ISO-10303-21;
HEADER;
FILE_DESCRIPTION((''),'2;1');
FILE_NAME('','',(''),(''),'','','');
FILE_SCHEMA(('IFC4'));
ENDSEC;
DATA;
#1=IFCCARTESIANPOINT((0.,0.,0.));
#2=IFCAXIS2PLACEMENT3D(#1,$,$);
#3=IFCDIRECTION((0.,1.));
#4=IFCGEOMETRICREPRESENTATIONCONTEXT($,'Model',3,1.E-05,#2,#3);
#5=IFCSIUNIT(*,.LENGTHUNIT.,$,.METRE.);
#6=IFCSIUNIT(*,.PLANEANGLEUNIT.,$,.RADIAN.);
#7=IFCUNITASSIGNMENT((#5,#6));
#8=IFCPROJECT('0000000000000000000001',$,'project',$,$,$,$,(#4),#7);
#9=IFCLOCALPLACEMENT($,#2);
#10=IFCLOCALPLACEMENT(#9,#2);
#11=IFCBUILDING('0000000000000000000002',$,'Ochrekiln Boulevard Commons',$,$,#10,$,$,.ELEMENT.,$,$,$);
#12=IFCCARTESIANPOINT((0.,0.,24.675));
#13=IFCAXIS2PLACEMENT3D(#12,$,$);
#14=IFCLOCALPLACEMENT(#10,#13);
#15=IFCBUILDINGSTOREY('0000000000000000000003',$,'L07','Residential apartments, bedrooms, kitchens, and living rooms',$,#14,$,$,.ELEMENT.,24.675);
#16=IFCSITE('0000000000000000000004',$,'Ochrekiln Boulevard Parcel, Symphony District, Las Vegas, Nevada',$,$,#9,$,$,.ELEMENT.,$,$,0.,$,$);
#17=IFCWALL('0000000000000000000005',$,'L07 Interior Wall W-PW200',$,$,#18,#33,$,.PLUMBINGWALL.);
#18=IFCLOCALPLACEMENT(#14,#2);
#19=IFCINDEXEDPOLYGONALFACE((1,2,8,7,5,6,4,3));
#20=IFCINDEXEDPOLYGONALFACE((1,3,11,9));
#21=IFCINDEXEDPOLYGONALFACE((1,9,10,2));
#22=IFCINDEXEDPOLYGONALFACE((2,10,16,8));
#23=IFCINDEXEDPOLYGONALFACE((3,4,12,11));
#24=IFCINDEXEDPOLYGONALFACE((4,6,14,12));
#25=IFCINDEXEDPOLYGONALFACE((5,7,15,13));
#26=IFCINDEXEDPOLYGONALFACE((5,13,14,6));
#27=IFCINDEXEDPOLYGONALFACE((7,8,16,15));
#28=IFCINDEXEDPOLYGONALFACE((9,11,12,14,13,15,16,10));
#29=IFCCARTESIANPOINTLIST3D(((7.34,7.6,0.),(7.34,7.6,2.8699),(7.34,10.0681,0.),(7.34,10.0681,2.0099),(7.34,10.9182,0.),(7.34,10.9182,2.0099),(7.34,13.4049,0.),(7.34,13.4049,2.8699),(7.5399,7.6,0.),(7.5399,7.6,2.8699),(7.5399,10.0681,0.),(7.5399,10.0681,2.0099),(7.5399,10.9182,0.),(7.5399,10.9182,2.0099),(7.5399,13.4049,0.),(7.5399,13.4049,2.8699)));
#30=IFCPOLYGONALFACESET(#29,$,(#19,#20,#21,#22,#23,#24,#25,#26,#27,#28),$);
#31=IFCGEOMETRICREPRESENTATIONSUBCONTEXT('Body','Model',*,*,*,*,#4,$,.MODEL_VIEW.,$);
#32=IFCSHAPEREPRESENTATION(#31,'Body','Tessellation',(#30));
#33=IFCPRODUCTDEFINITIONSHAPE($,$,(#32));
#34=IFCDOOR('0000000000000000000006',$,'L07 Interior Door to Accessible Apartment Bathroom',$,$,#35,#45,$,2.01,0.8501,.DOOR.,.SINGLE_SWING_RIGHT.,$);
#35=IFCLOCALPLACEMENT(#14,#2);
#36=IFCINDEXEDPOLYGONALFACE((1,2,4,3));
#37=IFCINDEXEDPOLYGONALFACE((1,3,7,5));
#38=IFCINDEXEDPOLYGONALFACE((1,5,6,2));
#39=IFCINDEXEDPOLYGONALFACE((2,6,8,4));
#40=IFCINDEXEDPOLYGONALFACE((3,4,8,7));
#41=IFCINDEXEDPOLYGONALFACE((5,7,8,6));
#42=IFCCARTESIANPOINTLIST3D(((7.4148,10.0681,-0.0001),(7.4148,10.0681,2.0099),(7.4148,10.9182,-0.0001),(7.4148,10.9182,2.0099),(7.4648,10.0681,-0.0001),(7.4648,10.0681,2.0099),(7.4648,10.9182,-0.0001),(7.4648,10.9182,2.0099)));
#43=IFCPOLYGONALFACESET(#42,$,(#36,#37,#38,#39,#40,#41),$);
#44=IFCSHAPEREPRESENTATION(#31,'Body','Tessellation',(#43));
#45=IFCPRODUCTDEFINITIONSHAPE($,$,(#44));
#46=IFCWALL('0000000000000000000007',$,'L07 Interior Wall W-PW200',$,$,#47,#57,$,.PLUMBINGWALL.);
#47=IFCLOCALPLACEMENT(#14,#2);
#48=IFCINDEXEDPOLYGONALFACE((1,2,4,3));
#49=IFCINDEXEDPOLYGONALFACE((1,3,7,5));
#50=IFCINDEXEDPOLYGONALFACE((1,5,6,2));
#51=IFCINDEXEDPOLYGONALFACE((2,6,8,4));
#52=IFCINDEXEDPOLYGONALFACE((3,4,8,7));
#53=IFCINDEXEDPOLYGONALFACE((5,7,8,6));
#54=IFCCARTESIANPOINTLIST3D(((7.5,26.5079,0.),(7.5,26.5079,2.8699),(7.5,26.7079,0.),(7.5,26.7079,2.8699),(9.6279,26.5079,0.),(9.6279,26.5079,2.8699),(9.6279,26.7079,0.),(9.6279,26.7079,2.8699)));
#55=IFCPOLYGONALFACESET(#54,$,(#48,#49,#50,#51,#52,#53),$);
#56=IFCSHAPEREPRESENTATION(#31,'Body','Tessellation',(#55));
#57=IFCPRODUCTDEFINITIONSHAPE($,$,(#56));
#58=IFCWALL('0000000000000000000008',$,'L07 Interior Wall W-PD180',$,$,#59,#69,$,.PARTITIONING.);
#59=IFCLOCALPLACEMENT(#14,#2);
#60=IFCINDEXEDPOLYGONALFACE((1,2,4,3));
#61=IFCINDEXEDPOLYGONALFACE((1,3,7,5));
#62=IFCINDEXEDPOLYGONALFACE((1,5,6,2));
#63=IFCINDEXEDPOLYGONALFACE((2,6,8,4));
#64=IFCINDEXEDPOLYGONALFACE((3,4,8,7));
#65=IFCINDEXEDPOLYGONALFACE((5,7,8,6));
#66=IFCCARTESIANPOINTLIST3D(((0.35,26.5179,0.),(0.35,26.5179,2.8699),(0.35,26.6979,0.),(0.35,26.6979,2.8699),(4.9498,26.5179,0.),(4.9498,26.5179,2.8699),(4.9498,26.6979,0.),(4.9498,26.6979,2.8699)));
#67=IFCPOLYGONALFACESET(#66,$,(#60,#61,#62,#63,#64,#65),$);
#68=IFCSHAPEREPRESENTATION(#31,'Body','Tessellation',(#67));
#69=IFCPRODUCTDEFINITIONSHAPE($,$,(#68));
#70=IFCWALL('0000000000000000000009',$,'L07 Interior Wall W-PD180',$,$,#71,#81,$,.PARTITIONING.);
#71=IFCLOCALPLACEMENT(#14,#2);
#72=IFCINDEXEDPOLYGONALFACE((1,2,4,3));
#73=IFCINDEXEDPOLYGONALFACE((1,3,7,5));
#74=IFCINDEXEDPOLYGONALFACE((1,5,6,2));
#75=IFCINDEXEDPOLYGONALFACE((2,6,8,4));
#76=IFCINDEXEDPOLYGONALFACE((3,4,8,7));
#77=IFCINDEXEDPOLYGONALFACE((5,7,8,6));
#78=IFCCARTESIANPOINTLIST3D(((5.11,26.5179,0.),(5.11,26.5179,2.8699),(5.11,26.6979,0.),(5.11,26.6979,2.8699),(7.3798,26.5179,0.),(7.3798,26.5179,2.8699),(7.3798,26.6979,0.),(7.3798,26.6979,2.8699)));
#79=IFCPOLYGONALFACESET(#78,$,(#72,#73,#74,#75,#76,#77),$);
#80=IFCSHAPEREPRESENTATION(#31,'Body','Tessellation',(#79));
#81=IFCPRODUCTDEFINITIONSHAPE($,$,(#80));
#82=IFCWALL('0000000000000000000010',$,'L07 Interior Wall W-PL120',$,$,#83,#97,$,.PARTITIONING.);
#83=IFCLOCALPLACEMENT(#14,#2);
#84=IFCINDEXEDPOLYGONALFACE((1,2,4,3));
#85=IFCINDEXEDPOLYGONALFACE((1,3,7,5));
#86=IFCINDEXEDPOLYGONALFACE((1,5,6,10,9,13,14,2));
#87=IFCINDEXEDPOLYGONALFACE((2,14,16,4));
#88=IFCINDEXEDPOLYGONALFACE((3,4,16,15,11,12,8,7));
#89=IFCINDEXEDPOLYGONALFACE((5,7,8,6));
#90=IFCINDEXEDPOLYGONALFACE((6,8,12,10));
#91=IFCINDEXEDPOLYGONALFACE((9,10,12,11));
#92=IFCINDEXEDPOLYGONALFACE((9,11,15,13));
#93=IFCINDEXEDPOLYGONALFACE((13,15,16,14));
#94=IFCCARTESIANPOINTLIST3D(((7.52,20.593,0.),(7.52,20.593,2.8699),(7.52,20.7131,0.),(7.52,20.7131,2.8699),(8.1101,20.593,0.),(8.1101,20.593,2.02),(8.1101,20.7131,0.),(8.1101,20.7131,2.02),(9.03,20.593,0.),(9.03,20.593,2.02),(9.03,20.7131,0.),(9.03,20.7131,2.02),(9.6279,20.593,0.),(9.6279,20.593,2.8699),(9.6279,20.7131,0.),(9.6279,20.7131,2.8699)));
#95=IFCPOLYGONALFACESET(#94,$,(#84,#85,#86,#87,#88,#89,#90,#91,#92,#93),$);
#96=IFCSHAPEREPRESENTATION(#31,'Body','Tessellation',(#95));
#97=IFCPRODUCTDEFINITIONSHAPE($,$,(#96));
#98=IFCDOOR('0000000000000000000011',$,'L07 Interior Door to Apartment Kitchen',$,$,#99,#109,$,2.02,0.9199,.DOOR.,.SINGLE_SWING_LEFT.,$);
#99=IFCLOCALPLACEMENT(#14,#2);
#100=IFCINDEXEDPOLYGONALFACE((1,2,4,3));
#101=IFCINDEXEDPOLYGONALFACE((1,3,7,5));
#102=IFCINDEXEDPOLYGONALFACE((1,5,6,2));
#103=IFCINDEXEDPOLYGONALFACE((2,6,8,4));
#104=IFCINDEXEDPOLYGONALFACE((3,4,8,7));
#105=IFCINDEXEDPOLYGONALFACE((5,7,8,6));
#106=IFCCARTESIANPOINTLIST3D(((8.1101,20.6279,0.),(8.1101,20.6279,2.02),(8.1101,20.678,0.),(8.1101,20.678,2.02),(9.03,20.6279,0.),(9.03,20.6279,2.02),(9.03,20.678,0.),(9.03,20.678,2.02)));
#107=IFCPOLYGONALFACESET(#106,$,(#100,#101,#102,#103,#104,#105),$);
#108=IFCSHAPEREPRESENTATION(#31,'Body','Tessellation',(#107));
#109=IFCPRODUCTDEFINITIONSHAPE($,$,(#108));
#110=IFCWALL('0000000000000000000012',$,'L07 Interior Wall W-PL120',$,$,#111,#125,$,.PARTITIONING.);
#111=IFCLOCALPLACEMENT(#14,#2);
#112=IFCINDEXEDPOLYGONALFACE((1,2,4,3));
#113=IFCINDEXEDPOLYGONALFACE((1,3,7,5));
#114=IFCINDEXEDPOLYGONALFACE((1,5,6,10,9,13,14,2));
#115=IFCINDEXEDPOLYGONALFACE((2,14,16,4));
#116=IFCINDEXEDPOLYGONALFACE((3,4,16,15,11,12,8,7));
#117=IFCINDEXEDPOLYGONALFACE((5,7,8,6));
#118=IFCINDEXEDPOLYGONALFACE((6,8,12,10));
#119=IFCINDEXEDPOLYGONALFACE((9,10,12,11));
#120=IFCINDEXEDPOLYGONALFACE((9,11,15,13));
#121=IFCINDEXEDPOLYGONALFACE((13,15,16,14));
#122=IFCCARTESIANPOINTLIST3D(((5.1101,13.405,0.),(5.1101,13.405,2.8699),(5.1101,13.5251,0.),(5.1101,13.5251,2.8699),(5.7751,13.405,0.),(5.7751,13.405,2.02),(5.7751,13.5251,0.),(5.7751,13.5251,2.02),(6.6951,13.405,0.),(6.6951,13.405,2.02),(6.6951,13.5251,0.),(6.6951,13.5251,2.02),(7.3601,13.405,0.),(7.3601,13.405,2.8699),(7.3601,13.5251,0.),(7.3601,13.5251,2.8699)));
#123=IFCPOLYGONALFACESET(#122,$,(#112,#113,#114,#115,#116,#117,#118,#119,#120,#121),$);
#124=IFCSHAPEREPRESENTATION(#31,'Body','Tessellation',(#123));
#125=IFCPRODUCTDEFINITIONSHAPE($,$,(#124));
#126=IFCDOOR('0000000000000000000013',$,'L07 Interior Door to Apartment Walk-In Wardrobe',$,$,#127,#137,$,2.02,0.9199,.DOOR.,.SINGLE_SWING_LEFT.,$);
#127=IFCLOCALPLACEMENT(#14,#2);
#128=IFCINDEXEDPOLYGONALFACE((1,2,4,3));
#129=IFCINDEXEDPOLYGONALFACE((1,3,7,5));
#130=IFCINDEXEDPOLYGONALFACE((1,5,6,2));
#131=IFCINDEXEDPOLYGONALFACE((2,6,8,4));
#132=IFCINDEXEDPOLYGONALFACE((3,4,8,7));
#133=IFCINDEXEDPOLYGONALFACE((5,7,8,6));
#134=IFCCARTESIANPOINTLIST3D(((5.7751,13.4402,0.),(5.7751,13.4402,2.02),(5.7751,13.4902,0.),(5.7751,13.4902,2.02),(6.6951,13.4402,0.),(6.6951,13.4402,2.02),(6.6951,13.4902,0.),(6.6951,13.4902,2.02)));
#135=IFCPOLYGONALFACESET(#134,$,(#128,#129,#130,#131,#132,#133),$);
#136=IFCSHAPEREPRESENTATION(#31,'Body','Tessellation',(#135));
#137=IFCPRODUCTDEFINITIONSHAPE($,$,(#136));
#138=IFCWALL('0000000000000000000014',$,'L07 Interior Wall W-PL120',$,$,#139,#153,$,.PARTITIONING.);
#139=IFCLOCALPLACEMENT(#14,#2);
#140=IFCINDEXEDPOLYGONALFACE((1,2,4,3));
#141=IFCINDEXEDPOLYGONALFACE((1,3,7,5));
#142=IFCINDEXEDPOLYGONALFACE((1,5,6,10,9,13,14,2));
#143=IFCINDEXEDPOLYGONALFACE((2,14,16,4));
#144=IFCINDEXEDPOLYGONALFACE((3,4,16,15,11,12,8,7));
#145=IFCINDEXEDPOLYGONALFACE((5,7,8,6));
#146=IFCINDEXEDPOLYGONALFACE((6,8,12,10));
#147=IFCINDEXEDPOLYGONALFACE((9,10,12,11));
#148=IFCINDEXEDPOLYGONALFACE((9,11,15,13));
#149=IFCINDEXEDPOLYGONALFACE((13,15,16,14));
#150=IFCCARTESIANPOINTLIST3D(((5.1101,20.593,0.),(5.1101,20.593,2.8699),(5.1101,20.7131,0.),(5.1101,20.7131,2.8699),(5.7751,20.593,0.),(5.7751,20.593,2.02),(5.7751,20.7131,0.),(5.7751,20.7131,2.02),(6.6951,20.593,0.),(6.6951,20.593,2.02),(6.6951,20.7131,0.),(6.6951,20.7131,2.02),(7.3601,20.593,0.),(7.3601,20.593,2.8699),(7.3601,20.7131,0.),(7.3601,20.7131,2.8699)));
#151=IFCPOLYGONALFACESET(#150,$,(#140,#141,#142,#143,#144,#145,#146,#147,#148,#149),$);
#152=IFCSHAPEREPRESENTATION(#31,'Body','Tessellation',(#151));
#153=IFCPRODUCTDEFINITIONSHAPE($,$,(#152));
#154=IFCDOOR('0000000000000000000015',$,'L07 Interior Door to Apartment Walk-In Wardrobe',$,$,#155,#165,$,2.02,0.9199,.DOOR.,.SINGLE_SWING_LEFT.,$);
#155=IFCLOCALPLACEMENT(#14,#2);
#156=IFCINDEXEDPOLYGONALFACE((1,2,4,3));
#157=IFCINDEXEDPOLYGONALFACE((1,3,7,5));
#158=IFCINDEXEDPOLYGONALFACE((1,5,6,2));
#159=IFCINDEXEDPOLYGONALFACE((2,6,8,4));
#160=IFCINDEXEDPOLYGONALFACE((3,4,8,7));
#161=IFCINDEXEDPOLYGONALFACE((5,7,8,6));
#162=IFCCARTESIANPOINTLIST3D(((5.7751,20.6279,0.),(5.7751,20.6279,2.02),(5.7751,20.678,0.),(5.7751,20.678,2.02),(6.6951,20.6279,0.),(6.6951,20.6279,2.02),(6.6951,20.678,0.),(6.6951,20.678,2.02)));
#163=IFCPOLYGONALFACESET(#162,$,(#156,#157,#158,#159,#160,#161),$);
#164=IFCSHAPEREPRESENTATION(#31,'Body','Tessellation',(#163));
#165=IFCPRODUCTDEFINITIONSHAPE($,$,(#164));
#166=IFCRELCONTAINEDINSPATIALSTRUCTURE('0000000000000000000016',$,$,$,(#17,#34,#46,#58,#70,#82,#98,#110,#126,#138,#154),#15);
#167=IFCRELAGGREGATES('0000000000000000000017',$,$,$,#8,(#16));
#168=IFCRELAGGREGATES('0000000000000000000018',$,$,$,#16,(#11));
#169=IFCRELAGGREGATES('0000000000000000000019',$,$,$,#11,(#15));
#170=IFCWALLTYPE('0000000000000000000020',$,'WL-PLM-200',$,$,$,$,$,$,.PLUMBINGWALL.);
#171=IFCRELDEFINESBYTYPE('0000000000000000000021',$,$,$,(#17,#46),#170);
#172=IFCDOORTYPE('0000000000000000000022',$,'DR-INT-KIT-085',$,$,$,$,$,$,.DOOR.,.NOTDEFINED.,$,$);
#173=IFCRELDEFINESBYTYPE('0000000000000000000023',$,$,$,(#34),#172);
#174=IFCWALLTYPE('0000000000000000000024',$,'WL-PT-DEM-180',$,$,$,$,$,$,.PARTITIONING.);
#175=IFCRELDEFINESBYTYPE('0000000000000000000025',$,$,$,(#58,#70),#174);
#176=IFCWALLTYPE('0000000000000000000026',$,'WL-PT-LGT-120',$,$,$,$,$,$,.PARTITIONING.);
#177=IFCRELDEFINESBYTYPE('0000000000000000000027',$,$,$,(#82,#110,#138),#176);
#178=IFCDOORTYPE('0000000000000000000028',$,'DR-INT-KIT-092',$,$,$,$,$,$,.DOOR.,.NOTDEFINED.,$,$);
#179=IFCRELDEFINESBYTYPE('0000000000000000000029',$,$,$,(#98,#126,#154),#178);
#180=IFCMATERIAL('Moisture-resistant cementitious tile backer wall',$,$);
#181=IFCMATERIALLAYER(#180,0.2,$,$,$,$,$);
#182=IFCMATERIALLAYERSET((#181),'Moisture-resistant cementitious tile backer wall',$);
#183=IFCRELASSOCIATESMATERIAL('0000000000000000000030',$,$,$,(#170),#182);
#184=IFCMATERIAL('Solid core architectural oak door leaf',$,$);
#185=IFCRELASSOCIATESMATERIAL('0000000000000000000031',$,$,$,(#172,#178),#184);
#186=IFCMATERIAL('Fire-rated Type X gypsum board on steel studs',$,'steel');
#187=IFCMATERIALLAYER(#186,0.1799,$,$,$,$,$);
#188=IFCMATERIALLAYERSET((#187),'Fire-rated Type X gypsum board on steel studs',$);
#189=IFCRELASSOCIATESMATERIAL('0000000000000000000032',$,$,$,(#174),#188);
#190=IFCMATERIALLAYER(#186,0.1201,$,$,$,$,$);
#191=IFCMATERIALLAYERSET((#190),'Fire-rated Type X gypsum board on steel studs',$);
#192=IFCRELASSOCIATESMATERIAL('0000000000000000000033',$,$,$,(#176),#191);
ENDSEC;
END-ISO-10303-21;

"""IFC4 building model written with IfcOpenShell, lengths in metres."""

from ifc_helpers import new_model, si_unit, direction, frame, frame_2d, origin, place, context, subcontext, project, spatial, rectangle, extrude, material, layer, layer_set, type_object, element, fill, save


model = new_model("IFC4")

# Units and contexts
model_context = context("Model", 3, precision=1e-05, world=origin(), true_north=direction((0.0, 1.0)))
body_context = subcontext(model_context, "Body", "Model", "MODEL_VIEW")
ifc_project = project(units=[si_unit("LENGTHUNIT", "METRE"), si_unit("PLANEANGLEUNIT", "RADIAN")], contexts=[model_context])

# Site, building, storey
site_placement = place(None, origin())
site = spatial("IfcSite", under=ifc_project, at=site_placement, Name="Ochrekiln Boulevard Parcel, Symphony District, Las Vegas, Nevada", CompositionType="ELEMENT", RefElevation=0.0)
building_placement = place(site_placement, origin())
building = spatial("IfcBuilding", under=site, at=building_placement, Name="Ochrekiln Boulevard Commons", CompositionType="ELEMENT")
storey_placement = place(building_placement, frame((0.0, 0.0, 24.675)))
storey = spatial("IfcBuildingStorey", under=building, at=storey_placement, Name="L07", Description="Residential apartments, bedrooms, kitchens, and living rooms", CompositionType="ELEMENT", Elevation=24.675)

# Wall, opening, door
ifc_material_1 = material(Name="Moisture-resistant cementitious tile backer wall")
ifc_layer_1 = layer(ifc_material_1, 0.2)
ifc_layer_set_1 = layer_set([ifc_layer_1], Name="Moisture-resistant cementitious tile backer wall")
wall_type_1 = type_object("IfcWallType", Name="WL-PLM-200", PredefinedType="PLUMBINGWALL", material=ifc_layer_set_1)
ifc_material_2 = material(Name="Solid core architectural oak door leaf")
wall_1_placement = place(storey_placement, frame((7.4399, 7.6001, 0.0), z_axis=(0.0, 0.0, 1.0), x_axis=(0.0, 1.0, 0.0)))
wall_1 = element("IfcWall", 1, at=wall_1_placement, inside=storey, type_object=wall_type_1, Name="L07 Interior Wall W-PW200", PredefinedType="PLUMBINGWALL", context=body_context, shape_type="SweptSolid", body=[
    extrude(rectangle(XDim=5.8049, YDim=0.2, at=frame_2d((2.9023, 0.0))), origin(), (0.0, 0.0, 1.0), 2.8699),
])
opening_1_placement = place(wall_1_placement, frame((2.468, 0.0, 0.0)))
opening_1 = element("IfcOpeningElement", 2, at=opening_1_placement, cuts=wall_1, PredefinedType="OPENING", context=body_context, shape_type="SweptSolid", body=[
    extrude(rectangle(XDim=0.8501, YDim=2.01, at=frame_2d((0.425, 1.0049))), frame((0.0, 0.1099, 0.0), z_axis=(0.0, -1.0, 0.0), x_axis=(1.0, 0.0, 0.0)), (0.0, 0.0, 1.0), 0.22),
])
door_type_1 = type_object("IfcDoorType", Name="DR-INT-KIT-085", OperationType="NOTDEFINED", PredefinedType="DOOR", material=ifc_material_2)
door_1_placement = place(opening_1_placement, frame((0.8501, 0.0, 0.0), z_axis=(0.0, 0.0, 1.0), x_axis=(-1.0, 0.0, 0.0)))
door_1 = element("IfcDoor", 3, at=door_1_placement, inside=storey, type_object=door_type_1, Name="L07 Interior Door to Accessible Apartment Bathroom", OperationType="SINGLE_SWING_RIGHT", OverallHeight=2.01, OverallWidth=0.8501, PredefinedType="DOOR", context=body_context, shape_type="SweptSolid", body=[
    extrude(rectangle(XDim=0.8501, YDim=2.01, at=frame_2d((0.425, 1.0049))), frame((0.0, 0.0249, 0.0), z_axis=(0.0, -1.0, 0.0), x_axis=(1.0, 0.0, 0.0)), (0.0, 0.0, 1.0), 0.05),
])
fill(opening_1, door_1)

# Walls
wall_2_placement = place(storey_placement, frame((7.5, 26.6079, 0.0), z_axis=(0.0, 0.0, 1.0), x_axis=(1.0, 0.0, 0.0)))
element("IfcWall", 4, at=wall_2_placement, inside=storey, type_object=wall_type_1, Name="L07 Interior Wall W-PW200", PredefinedType="PLUMBINGWALL", context=body_context, shape_type="SweptSolid", body=[
    extrude(rectangle(XDim=2.1279, YDim=0.2, at=frame_2d((1.064, 0.0))), origin(), (0.0, 0.0, 1.0), 2.8699),
])
ifc_material_3 = material(Name="Fire-rated Type X gypsum board on steel studs", Category="steel")
ifc_layer_2 = layer(ifc_material_3, 0.1799)
ifc_layer_set_2 = layer_set([ifc_layer_2], Name="Fire-rated Type X gypsum board on steel studs")
wall_type_2 = type_object("IfcWallType", Name="WL-PT-DEM-180", PredefinedType="PARTITIONING", material=ifc_layer_set_2)
wall_3_placement = place(storey_placement, frame((0.3501, 26.6079, 0.0), z_axis=(0.0, 0.0, 1.0), x_axis=(1.0, 0.0, 0.0)))
element("IfcWall", 5, at=wall_3_placement, inside=storey, type_object=wall_type_2, Name="L07 Interior Wall W-PD180", PredefinedType="PARTITIONING", context=body_context, shape_type="SweptSolid", body=[
    extrude(rectangle(XDim=4.5999, YDim=0.1799, at=frame_2d((2.2998, 0.0))), origin(), (0.0, 0.0, 1.0), 2.8699),
])
wall_4_placement = place(storey_placement, frame((5.1101, 26.6079, 0.0), z_axis=(0.0, 0.0, 1.0), x_axis=(1.0, 0.0, 0.0)))
element("IfcWall", 6, at=wall_4_placement, inside=storey, type_object=wall_type_2, Name="L07 Interior Wall W-PD180", PredefinedType="PARTITIONING", context=body_context, shape_type="SweptSolid", body=[
    extrude(rectangle(XDim=2.2698, YDim=0.1799, at=frame_2d((1.1348, 0.0))), origin(), (0.0, 0.0, 1.0), 2.8699),
])

# Walls, openings, doors
ifc_layer_3 = layer(ifc_material_3, 0.1201)
ifc_layer_set_3 = layer_set([ifc_layer_3], Name="Fire-rated Type X gypsum board on steel studs")
wall_type_3 = type_object("IfcWallType", Name="WL-PT-LGT-120", PredefinedType="PARTITIONING", material=ifc_layer_set_3)
wall_5_placement = place(storey_placement, frame((7.52, 20.6531, 0.0), z_axis=(0.0, 0.0, 1.0), x_axis=(1.0, 0.0, 0.0)))
wall_5 = element("IfcWall", 7, at=wall_5_placement, inside=storey, type_object=wall_type_3, Name="L07 Interior Wall W-PL120", PredefinedType="PARTITIONING", context=body_context, shape_type="SweptSolid", body=[
    extrude(rectangle(XDim=2.1079, YDim=0.1201, at=frame_2d((1.054, 0.0))), origin(), (0.0, 0.0, 1.0), 2.8699),
])
opening_2_placement = place(wall_5_placement, frame((0.5901, 0.0, 0.0)))
opening_2 = element("IfcOpeningElement", 8, at=opening_2_placement, cuts=wall_5, PredefinedType="OPENING", context=body_context, shape_type="SweptSolid", body=[
    extrude(rectangle(XDim=0.9199, YDim=2.02, at=frame_2d((0.46, 1.01))), frame((0.0, 0.0701, 0.0), z_axis=(0.0, -1.0, 0.0), x_axis=(1.0, 0.0, 0.0)), (0.0, 0.0, 1.0), 0.1401),
])
door_type_2 = type_object("IfcDoorType", Name="DR-INT-KIT-092", OperationType="NOTDEFINED", PredefinedType="DOOR", material=ifc_material_2)
door_2_placement = place(opening_2_placement, origin())
door_2 = element("IfcDoor", 9, at=door_2_placement, inside=storey, type_object=door_type_2, Name="L07 Interior Door to Apartment Kitchen", OperationType="SINGLE_SWING_LEFT", OverallHeight=2.02, OverallWidth=0.9199, PredefinedType="DOOR", context=body_context, shape_type="SweptSolid", body=[
    extrude(rectangle(XDim=0.9199, YDim=2.02, at=frame_2d((0.46, 1.01))), frame((0.0, 0.0249, 0.0), z_axis=(0.0, -1.0, 0.0), x_axis=(1.0, 0.0, 0.0)), (0.0, 0.0, 1.0), 0.05),
])
fill(opening_2, door_2)
wall_6_placement = place(storey_placement, frame((5.1101, 13.4651, 0.0), z_axis=(0.0, 0.0, 1.0), x_axis=(1.0, 0.0, 0.0)))
wall_6 = element("IfcWall", 10, at=wall_6_placement, inside=storey, type_object=wall_type_3, Name="L07 Interior Wall W-PL120", PredefinedType="PARTITIONING", context=body_context, shape_type="SweptSolid", body=[
    extrude(rectangle(XDim=2.25, YDim=0.1201, at=frame_2d((1.125, 0.0))), origin(), (0.0, 0.0, 1.0), 2.8699),
])
opening_3_placement = place(wall_6_placement, frame((0.665, 0.0, 0.0)))
opening_3 = element("IfcOpeningElement", 11, at=opening_3_placement, cuts=wall_6, PredefinedType="OPENING", context=body_context, shape_type="SweptSolid", body=[
    extrude(rectangle(XDim=0.9199, YDim=2.02, at=frame_2d((0.46, 1.01))), frame((0.0, 0.0701, 0.0), z_axis=(0.0, -1.0, 0.0), x_axis=(1.0, 0.0, 0.0)), (0.0, 0.0, 1.0), 0.1401),
])
door_3_placement = place(opening_3_placement, frame((0.9199, 0.0, 0.0), z_axis=(0.0, 0.0, 1.0), x_axis=(-1.0, 0.0, 0.0)))
door_3 = element("IfcDoor", 12, at=door_3_placement, inside=storey, type_object=door_type_2, Name="L07 Interior Door to Apartment Walk-In Wardrobe", OperationType="SINGLE_SWING_LEFT", OverallHeight=2.02, OverallWidth=0.9199, PredefinedType="DOOR", context=body_context, shape_type="SweptSolid", body=[
    extrude(rectangle(XDim=0.9199, YDim=2.02, at=frame_2d((0.46, 1.01))), frame((0.0, 0.0249, 0.0), z_axis=(0.0, -1.0, 0.0), x_axis=(1.0, 0.0, 0.0)), (0.0, 0.0, 1.0), 0.05),
])
fill(opening_3, door_3)
wall_7_placement = place(storey_placement, frame((5.1101, 20.6531, 0.0), z_axis=(0.0, 0.0, 1.0), x_axis=(1.0, 0.0, 0.0)))
wall_7 = element("IfcWall", 13, at=wall_7_placement, inside=storey, type_object=wall_type_3, Name="L07 Interior Wall W-PL120", PredefinedType="PARTITIONING", context=body_context, shape_type="SweptSolid", body=[
    extrude(rectangle(XDim=2.25, YDim=0.1201, at=frame_2d((1.125, 0.0))), origin(), (0.0, 0.0, 1.0), 2.8699),
])
opening_4_placement = place(wall_7_placement, frame((0.665, 0.0, 0.0)))
opening_4 = element("IfcOpeningElement", 14, at=opening_4_placement, cuts=wall_7, PredefinedType="OPENING", context=body_context, shape_type="SweptSolid", body=[
    extrude(rectangle(XDim=0.9199, YDim=2.02, at=frame_2d((0.46, 1.01))), frame((0.0, 0.0701, 0.0), z_axis=(0.0, -1.0, 0.0), x_axis=(1.0, 0.0, 0.0)), (0.0, 0.0, 1.0), 0.1401),
])
door_4_placement = place(opening_4_placement, origin())
door_4 = element("IfcDoor", 15, at=door_4_placement, inside=storey, type_object=door_type_2, Name="L07 Interior Door to Apartment Walk-In Wardrobe", OperationType="SINGLE_SWING_LEFT", OverallHeight=2.02, OverallWidth=0.9199, PredefinedType="DOOR", context=body_context, shape_type="SweptSolid", body=[
    extrude(rectangle(XDim=0.9199, YDim=2.02, at=frame_2d((0.46, 1.01))), frame((0.0, 0.0249, 0.0), z_axis=(0.0, -1.0, 0.0), x_axis=(1.0, 0.0, 0.0)), (0.0, 0.0, 1.0), 0.05),
])
fill(opening_4, door_4)

save(model, "model.ifc")
